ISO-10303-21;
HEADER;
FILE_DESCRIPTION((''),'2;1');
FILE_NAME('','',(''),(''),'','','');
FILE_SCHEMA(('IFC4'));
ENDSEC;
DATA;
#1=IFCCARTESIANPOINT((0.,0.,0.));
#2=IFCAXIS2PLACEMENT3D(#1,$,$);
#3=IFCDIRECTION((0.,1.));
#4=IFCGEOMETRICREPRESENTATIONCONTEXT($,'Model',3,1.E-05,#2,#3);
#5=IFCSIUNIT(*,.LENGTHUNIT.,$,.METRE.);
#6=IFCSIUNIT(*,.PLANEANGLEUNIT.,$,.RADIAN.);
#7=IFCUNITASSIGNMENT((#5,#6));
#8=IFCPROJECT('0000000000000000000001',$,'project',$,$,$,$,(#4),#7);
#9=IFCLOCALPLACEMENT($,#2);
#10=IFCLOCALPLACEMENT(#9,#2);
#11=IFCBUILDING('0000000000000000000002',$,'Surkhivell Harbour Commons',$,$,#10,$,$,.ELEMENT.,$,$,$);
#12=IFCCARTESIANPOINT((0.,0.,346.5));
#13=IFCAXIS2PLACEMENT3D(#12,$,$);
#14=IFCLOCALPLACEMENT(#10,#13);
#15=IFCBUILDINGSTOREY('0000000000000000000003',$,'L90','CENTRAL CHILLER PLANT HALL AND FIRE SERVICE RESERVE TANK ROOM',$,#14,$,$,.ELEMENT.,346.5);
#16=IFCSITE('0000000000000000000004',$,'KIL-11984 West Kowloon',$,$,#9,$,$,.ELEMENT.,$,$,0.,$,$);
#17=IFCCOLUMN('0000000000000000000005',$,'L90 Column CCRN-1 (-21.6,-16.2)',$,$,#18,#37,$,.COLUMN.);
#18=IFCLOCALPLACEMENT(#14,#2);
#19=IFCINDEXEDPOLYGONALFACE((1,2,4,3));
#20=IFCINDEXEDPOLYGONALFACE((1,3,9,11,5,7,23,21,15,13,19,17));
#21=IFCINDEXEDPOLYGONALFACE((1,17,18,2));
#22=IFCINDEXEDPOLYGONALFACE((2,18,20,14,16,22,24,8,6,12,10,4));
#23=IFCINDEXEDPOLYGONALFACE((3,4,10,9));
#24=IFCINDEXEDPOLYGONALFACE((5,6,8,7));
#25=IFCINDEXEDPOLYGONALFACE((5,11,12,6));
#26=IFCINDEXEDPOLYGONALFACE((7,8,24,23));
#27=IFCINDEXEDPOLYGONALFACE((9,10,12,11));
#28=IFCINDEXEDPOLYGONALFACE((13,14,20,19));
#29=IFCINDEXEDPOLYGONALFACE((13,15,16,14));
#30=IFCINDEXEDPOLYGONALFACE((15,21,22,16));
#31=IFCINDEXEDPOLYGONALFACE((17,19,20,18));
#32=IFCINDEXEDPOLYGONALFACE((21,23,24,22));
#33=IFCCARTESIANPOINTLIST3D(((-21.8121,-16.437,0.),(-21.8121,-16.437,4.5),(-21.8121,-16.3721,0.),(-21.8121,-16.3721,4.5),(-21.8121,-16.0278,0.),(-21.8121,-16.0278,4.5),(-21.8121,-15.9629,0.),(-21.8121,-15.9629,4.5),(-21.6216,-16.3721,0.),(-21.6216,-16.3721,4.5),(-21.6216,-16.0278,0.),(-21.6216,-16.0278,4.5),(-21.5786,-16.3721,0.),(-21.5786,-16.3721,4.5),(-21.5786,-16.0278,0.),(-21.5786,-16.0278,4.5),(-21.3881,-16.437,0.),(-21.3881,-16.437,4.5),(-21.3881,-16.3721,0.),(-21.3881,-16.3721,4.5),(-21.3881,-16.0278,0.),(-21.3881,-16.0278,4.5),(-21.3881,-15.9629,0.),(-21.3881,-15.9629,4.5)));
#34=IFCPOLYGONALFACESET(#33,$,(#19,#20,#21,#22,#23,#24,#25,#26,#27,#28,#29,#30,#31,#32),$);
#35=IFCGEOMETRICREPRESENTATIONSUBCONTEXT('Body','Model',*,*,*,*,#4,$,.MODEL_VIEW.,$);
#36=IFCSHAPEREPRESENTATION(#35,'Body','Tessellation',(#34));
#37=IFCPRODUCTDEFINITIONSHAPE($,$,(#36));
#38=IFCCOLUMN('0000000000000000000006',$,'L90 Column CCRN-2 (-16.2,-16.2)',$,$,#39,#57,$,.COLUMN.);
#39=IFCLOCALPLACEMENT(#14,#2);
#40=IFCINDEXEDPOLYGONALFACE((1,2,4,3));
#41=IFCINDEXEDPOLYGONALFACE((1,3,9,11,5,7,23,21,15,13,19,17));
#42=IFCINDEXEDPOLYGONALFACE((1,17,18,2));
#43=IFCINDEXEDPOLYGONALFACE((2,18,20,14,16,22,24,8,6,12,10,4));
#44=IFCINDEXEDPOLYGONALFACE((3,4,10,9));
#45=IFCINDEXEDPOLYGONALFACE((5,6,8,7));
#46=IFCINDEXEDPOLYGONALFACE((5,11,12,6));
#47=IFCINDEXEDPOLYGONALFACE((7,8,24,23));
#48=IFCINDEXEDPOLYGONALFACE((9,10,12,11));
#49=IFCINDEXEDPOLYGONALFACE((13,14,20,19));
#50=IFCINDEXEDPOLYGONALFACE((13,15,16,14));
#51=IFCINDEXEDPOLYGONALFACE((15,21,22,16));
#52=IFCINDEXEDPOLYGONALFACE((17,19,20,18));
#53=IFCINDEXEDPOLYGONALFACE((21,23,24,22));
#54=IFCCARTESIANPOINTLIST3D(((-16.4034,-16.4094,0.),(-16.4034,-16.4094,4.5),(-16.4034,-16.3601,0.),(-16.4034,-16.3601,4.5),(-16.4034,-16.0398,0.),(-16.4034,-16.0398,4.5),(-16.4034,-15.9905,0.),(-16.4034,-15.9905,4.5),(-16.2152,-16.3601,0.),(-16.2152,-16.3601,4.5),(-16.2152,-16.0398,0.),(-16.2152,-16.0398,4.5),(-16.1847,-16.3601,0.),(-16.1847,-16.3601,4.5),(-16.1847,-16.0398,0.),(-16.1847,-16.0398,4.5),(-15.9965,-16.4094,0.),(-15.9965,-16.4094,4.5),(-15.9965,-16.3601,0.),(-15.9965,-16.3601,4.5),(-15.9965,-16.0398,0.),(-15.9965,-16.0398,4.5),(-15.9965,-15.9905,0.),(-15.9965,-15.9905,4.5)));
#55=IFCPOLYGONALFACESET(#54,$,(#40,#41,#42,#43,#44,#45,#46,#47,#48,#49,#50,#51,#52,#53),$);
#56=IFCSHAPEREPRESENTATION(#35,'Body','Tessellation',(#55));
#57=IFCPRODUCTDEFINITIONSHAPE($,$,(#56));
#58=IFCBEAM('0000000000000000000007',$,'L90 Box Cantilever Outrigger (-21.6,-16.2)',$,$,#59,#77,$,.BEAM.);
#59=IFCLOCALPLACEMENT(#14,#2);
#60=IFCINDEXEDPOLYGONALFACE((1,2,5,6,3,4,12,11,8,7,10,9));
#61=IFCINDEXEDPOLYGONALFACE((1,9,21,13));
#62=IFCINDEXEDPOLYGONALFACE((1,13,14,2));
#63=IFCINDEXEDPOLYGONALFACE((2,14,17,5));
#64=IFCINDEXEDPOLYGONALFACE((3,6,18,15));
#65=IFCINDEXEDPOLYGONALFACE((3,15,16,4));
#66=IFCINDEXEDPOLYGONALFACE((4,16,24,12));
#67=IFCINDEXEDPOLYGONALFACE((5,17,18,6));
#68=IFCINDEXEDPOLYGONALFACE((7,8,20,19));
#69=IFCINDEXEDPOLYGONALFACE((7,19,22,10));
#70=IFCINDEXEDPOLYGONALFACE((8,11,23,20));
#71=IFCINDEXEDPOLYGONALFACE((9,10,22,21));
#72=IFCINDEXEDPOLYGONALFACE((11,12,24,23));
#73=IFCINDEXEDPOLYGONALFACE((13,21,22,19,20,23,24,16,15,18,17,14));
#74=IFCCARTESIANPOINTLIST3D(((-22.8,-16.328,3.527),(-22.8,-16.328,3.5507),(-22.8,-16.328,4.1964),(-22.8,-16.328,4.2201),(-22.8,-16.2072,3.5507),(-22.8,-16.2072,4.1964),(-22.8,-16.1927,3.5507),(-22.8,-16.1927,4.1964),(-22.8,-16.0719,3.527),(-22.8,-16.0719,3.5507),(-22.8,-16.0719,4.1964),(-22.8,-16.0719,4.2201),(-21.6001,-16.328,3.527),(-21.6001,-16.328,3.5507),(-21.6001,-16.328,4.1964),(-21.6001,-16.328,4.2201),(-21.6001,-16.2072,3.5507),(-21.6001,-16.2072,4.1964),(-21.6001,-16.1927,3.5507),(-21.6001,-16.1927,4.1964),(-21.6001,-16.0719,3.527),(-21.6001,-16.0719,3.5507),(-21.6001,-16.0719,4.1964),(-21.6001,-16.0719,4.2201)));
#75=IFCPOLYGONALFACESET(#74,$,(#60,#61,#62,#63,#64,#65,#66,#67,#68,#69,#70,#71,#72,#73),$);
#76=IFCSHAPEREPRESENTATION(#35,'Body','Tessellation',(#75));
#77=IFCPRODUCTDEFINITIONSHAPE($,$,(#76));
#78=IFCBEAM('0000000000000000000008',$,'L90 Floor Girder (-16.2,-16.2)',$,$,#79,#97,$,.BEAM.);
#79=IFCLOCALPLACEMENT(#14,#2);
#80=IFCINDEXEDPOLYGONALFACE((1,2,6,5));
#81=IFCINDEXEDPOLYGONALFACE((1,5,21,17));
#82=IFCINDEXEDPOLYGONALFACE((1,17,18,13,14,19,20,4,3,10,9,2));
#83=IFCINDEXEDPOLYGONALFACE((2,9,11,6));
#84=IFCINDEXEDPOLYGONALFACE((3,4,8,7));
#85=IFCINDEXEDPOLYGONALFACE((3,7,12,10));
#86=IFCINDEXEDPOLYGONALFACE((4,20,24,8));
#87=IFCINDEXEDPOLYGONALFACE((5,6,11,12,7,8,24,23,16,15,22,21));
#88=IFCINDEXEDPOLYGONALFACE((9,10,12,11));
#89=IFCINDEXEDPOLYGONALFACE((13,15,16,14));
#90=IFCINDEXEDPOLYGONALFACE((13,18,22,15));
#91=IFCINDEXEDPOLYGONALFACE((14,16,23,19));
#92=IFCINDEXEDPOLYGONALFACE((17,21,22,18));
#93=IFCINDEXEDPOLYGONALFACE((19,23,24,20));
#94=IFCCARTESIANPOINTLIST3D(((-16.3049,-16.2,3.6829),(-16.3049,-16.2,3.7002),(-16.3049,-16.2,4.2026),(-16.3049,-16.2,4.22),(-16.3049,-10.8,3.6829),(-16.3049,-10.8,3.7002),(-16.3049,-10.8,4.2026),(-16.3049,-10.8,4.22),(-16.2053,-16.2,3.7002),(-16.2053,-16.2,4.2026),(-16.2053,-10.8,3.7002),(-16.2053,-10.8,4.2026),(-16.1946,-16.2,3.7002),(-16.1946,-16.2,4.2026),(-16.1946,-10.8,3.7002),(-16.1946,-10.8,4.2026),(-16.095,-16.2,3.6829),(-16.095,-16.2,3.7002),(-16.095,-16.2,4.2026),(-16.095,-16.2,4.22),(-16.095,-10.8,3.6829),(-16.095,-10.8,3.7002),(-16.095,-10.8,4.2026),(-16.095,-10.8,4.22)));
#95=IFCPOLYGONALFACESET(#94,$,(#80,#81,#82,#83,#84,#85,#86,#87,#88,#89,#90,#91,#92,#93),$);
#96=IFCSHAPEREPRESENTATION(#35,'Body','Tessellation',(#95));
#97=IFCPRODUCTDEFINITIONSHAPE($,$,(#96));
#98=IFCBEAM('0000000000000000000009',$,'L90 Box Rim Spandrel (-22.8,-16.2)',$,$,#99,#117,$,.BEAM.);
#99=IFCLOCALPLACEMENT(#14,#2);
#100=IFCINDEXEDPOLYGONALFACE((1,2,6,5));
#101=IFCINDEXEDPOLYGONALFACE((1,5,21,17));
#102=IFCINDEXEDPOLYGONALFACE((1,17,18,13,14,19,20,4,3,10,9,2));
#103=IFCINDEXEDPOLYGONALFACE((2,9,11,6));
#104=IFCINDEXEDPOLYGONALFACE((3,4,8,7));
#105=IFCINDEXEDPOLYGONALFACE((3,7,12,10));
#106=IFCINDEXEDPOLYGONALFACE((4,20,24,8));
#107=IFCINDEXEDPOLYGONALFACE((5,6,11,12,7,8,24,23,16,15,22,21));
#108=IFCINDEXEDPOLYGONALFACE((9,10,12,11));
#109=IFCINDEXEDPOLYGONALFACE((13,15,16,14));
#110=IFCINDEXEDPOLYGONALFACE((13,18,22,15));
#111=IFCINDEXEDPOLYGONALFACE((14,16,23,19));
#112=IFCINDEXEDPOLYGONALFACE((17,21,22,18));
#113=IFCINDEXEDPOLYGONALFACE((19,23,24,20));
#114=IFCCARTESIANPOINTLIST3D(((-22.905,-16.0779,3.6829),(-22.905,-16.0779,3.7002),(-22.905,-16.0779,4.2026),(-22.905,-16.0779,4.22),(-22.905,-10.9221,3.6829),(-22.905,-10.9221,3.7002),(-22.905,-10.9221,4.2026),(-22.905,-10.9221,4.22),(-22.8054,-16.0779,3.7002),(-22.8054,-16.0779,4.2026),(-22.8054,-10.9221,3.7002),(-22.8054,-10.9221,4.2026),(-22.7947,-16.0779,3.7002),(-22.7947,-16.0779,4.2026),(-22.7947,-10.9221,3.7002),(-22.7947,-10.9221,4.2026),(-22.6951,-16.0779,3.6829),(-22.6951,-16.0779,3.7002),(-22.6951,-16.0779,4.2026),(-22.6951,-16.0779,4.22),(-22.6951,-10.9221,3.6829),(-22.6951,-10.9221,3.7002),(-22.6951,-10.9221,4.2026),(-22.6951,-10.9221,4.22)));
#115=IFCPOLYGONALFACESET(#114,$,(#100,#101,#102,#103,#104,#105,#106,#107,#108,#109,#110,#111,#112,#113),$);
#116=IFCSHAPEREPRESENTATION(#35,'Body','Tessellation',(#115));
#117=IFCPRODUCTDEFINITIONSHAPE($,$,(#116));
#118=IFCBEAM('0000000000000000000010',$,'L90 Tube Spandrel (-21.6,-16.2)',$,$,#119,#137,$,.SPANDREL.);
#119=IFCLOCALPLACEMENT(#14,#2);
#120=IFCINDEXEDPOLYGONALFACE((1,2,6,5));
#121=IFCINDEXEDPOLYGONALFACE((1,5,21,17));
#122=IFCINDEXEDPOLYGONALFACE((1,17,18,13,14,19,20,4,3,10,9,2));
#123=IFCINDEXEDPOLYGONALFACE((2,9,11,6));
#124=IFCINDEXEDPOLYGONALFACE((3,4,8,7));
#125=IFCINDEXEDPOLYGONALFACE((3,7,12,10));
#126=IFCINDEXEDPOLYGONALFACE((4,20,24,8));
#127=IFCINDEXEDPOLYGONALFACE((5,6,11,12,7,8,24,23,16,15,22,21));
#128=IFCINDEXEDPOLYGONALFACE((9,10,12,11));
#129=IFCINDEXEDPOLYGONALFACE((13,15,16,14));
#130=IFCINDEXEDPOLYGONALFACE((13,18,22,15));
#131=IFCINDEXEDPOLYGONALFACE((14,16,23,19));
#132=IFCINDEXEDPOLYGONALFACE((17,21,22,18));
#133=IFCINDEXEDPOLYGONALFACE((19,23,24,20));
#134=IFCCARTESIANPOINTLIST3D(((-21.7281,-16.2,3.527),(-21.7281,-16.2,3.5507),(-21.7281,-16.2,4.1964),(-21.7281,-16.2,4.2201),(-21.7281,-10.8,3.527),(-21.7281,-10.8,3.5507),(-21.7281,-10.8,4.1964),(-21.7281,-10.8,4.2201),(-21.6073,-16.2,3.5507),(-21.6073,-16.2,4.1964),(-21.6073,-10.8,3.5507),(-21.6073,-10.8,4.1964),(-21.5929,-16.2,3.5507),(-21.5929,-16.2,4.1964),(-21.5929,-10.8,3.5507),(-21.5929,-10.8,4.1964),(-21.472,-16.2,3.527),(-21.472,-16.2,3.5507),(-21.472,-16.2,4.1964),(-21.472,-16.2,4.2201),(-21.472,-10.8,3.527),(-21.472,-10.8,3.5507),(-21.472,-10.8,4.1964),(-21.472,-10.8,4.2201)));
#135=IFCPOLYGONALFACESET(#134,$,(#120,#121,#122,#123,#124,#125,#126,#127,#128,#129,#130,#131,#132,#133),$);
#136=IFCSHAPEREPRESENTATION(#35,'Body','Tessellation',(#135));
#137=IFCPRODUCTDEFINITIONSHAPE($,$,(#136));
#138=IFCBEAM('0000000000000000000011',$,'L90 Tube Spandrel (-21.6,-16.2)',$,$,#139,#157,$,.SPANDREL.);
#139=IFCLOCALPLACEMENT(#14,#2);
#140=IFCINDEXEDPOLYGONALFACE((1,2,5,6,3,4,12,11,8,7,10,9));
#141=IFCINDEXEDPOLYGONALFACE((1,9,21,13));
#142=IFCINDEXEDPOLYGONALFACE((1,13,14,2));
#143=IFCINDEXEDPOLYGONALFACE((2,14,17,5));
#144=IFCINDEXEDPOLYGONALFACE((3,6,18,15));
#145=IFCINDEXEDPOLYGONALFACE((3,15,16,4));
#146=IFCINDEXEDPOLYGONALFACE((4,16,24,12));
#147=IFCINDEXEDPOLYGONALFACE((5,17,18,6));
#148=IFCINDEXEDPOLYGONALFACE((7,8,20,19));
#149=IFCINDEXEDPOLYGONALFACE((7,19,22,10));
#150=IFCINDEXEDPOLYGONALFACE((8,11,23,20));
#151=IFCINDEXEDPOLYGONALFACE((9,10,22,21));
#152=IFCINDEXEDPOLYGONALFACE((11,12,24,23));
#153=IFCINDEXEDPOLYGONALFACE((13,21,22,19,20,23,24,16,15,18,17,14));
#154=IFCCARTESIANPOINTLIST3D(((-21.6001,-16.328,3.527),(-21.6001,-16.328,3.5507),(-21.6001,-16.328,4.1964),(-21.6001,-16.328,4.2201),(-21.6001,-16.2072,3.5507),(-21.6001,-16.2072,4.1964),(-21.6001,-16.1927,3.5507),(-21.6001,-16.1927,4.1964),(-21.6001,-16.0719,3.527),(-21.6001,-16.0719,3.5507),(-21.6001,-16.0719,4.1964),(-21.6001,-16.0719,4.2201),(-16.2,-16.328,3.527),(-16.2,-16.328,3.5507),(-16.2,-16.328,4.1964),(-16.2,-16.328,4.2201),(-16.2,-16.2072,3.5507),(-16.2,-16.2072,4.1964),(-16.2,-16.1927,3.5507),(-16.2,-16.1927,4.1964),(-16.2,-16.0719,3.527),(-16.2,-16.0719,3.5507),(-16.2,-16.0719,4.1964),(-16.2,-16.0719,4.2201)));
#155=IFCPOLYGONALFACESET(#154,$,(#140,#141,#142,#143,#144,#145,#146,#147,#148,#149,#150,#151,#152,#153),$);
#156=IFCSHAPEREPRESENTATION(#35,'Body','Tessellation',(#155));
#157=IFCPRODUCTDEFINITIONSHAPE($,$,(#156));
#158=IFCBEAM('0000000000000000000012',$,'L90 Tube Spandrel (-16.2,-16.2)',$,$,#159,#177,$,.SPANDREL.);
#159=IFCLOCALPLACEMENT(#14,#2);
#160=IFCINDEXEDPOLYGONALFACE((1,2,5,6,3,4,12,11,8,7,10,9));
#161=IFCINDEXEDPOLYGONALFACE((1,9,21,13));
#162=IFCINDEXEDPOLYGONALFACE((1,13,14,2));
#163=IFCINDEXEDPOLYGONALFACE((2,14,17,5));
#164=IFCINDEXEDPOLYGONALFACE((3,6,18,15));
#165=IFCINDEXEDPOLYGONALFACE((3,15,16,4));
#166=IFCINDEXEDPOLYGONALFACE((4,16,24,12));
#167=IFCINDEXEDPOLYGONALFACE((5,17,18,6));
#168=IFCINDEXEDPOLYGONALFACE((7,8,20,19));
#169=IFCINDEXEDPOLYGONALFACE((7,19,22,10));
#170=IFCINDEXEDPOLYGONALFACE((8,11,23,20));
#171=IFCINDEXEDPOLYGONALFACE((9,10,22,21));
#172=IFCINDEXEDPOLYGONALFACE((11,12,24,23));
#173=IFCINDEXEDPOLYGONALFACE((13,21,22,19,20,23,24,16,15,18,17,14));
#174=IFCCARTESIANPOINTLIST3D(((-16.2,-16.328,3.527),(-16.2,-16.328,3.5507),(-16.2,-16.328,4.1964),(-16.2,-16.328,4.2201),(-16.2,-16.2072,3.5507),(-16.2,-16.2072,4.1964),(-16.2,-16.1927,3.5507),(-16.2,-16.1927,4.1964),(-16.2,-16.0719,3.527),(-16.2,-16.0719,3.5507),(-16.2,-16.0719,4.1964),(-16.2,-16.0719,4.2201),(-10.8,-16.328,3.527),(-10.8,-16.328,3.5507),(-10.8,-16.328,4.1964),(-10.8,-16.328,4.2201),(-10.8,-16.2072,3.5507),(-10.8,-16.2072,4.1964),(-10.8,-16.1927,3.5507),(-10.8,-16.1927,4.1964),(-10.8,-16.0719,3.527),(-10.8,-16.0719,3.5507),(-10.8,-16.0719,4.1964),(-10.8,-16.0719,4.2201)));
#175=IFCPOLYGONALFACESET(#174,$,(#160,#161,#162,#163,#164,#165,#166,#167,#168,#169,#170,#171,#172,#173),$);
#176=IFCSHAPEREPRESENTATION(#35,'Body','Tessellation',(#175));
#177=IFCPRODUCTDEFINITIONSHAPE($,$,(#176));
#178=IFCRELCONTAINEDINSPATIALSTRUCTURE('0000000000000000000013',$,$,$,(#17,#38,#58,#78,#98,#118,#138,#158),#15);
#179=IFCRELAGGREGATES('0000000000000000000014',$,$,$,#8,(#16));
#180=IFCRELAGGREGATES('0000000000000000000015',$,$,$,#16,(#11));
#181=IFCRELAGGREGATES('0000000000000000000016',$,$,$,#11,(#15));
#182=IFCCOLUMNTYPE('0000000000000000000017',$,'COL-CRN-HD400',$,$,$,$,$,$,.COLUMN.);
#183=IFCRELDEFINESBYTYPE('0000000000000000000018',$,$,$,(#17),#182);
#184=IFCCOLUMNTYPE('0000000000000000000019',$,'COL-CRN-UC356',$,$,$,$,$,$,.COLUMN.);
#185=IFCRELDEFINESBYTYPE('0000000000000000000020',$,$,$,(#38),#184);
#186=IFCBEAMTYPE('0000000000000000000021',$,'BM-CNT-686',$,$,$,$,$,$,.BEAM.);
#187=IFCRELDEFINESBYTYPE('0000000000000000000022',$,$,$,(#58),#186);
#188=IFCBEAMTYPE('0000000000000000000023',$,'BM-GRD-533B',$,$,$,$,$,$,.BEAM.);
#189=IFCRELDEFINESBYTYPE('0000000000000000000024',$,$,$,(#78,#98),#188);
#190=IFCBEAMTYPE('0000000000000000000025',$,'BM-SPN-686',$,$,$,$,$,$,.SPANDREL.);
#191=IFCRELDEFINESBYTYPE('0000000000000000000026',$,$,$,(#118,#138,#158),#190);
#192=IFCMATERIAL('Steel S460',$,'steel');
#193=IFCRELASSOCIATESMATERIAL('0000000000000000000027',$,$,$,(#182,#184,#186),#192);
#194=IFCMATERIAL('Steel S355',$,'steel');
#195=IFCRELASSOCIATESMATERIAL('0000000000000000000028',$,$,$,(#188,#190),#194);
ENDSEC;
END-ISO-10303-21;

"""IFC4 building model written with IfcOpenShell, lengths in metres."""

from ifc_helpers import new_model, si_unit, direction, frame, origin, origin_2d, place, context, subcontext, project, spatial, i_section, extrude, material, material_profile, profile_set, type_object, element, save


model = new_model("IFC4")

# Units and contexts
model_context = context("Model", 3, precision=1e-05, world=origin(), true_north=direction((0.0, 1.0)))
body_context = subcontext(model_context, "Body", "Model", "MODEL_VIEW")
ifc_project = project(units=[si_unit("LENGTHUNIT", "METRE"), si_unit("PLANEANGLEUNIT", "RADIAN")], contexts=[model_context])

# Site, building, storey
site_placement = place(None, origin())
site = spatial("IfcSite", under=ifc_project, at=site_placement, Name="KIL-11984 West Kowloon", CompositionType="ELEMENT", RefElevation=0.0)
building_placement = place(site_placement, origin())
building = spatial("IfcBuilding", under=site, at=building_placement, Name="Surkhivell Harbour Commons", CompositionType="ELEMENT")
storey_placement = place(building_placement, frame((0.0, 0.0, 346.5)))
storey = spatial("IfcBuildingStorey", under=building, at=storey_placement, Name="L90", Description="CENTRAL CHILLER PLANT HALL AND FIRE SERVICE RESERVE TANK ROOM", CompositionType="ELEMENT", Elevation=346.5)

# Columns
ifc_material_1 = material(Name="Steel S460", Category="steel")
ifc_material_profile_1 = material_profile(ifc_material_1, i_section(OverallWidth=0.4241, OverallDepth=0.4741, WebThickness=0.043, FlangeThickness=0.0649, at=origin_2d()), Name="HD400x634")
ifc_profile_set_1 = profile_set([ifc_material_profile_1], Name="Steel S460")
column_type_1 = type_object("IfcColumnType", Name="COL-CRN-HD400", PredefinedType="COLUMN", material=ifc_profile_set_1)
column_1_placement = place(storey_placement, frame((-21.6001, -16.2, 0.0), z_axis=(0.0, 0.0, 1.0), x_axis=(1.0, 0.0, 0.0)))
element("IfcColumn", 1, at=column_1_placement, inside=storey, type_object=column_type_1, Name="L90 Column CCRN-1 (-21.6,-16.2)", PredefinedType="COLUMN", context=body_context, shape_type="SweptSolid", body=[
    extrude(i_section(OverallWidth=0.4241, OverallDepth=0.4741, WebThickness=0.043, FlangeThickness=0.0649, at=origin_2d()), origin(), (0.0, 0.0, 1.0), 4.5),
])
ifc_material_profile_2 = material_profile(ifc_material_1, i_section(OverallWidth=0.407, OverallDepth=0.4189, WebThickness=0.0305, FlangeThickness=0.0493, at=origin_2d()), Name="UC356x406x393")
ifc_profile_set_2 = profile_set([ifc_material_profile_2], Name="Steel S460")
column_type_2 = type_object("IfcColumnType", Name="COL-CRN-UC356", PredefinedType="COLUMN", material=ifc_profile_set_2)
column_2_placement = place(storey_placement, frame((-16.2, -16.2, 0.0), z_axis=(0.0, 0.0, 1.0), x_axis=(1.0, 0.0, 0.0)))
element("IfcColumn", 2, at=column_2_placement, inside=storey, type_object=column_type_2, Name="L90 Column CCRN-2 (-16.2,-16.2)", PredefinedType="COLUMN", context=body_context, shape_type="SweptSolid", body=[
    extrude(i_section(OverallWidth=0.407, OverallDepth=0.4189, WebThickness=0.0305, FlangeThickness=0.0493, at=origin_2d()), origin(), (0.0, 0.0, 1.0), 4.5),
])

# Beams
ifc_material_profile_3 = material_profile(ifc_material_1, i_section(OverallWidth=0.2561, OverallDepth=0.6931, WebThickness=0.0144, FlangeThickness=0.0237, at=origin_2d()), Name="UB686x254x170")
ifc_profile_set_3 = profile_set([ifc_material_profile_3], Name="Steel S460")
beam_type_1 = type_object("IfcBeamType", Name="BM-CNT-686", PredefinedType="BEAM", material=ifc_profile_set_3)
beam_1_placement = place(storey_placement, frame((-21.6001, -16.2, 3.8735), z_axis=(-1.0, 0.0, 0.0), x_axis=(0.0, -1.0, 0.0)))
element("IfcBeam", 3, at=beam_1_placement, inside=storey, type_object=beam_type_1, Name="L90 Box Cantilever Outrigger (-21.6,-16.2)", PredefinedType="BEAM", context=body_context, shape_type="SweptSolid", body=[
    extrude(i_section(OverallWidth=0.2561, OverallDepth=0.6931, WebThickness=0.0144, FlangeThickness=0.0237, at=origin_2d()), origin(), (0.0, 0.0, 1.0), 1.2),
])
ifc_material_2 = material(Name="Steel S355", Category="steel")
ifc_material_profile_4 = material_profile(ifc_material_2, i_section(OverallWidth=0.21, OverallDepth=0.5371, WebThickness=0.0107, FlangeThickness=0.0173, at=origin_2d()), Name="UB533x210x101")
ifc_profile_set_4 = profile_set([ifc_material_profile_4], Name="Steel S355")
beam_type_2 = type_object("IfcBeamType", Name="BM-GRD-533B", PredefinedType="BEAM", material=ifc_profile_set_4)
beam_2_placement = place(storey_placement, frame((-16.2, -16.2, 3.9514), z_axis=(0.0, 1.0, 0.0), x_axis=(-1.0, 0.0, 0.0)))
element("IfcBeam", 4, at=beam_2_placement, inside=storey, type_object=beam_type_2, Name="L90 Floor Girder (-16.2,-16.2)", PredefinedType="BEAM", context=body_context, shape_type="SweptSolid", body=[
    extrude(i_section(OverallWidth=0.21, OverallDepth=0.5371, WebThickness=0.0107, FlangeThickness=0.0173, at=origin_2d()), origin(), (0.0, 0.0, 1.0), 5.3999),
])
beam_3_placement = place(storey_placement, frame((-22.8, -16.0779, 3.9514), z_axis=(0.0, 1.0, 0.0), x_axis=(-1.0, 0.0, 0.0)))
element("IfcBeam", 5, at=beam_3_placement, inside=storey, type_object=beam_type_2, Name="L90 Box Rim Spandrel (-22.8,-16.2)", PredefinedType="BEAM", context=body_context, shape_type="SweptSolid", body=[
    extrude(i_section(OverallWidth=0.21, OverallDepth=0.5371, WebThickness=0.0107, FlangeThickness=0.0173, at=origin_2d()), origin(), (0.0, 0.0, 1.0), 5.1558),
])
ifc_material_profile_5 = material_profile(ifc_material_2, i_section(OverallWidth=0.2561, OverallDepth=0.6931, WebThickness=0.0144, FlangeThickness=0.0237, at=origin_2d()), Name="UB686x254x170")
ifc_profile_set_5 = profile_set([ifc_material_profile_5], Name="Steel S355")
beam_type_3 = type_object("IfcBeamType", Name="BM-SPN-686", PredefinedType="SPANDREL", material=ifc_profile_set_5)
beam_4_placement = place(storey_placement, frame((-21.6001, -16.2, 3.8735), z_axis=(0.0, 1.0, 0.0), x_axis=(-1.0, 0.0, 0.0)))
element("IfcBeam", 6, at=beam_4_placement, inside=storey, type_object=beam_type_3, Name="L90 Tube Spandrel (-21.6,-16.2)", PredefinedType="SPANDREL", context=body_context, shape_type="SweptSolid", body=[
    extrude(i_section(OverallWidth=0.2561, OverallDepth=0.6931, WebThickness=0.0144, FlangeThickness=0.0237, at=origin_2d()), origin(), (0.0, 0.0, 1.0), 5.3999),
])
beam_5_placement = place(storey_placement, frame((-21.6001, -16.2, 3.8735), z_axis=(1.0, 0.0, 0.0), x_axis=(0.0, 1.0, 0.0)))
element("IfcBeam", 7, at=beam_5_placement, inside=storey, type_object=beam_type_3, Name="L90 Tube Spandrel (-21.6,-16.2)", PredefinedType="SPANDREL", context=body_context, shape_type="SweptSolid", body=[
    extrude(i_section(OverallWidth=0.2561, OverallDepth=0.6931, WebThickness=0.0144, FlangeThickness=0.0237, at=origin_2d()), origin(), (0.0, 0.0, 1.0), 5.4001),
])
beam_6_placement = place(storey_placement, frame((-16.2, -16.2, 3.8735), z_axis=(1.0, 0.0, 0.0), x_axis=(0.0, 1.0, 0.0)))
element("IfcBeam", 8, at=beam_6_placement, inside=storey, type_object=beam_type_3, Name="L90 Tube Spandrel (-16.2,-16.2)", PredefinedType="SPANDREL", context=body_context, shape_type="SweptSolid", body=[
    extrude(i_section(OverallWidth=0.2561, OverallDepth=0.6931, WebThickness=0.0144, FlangeThickness=0.0237, at=origin_2d()), origin(), (0.0, 0.0, 1.0), 5.3999),
])

save(model, "model.ifc")
